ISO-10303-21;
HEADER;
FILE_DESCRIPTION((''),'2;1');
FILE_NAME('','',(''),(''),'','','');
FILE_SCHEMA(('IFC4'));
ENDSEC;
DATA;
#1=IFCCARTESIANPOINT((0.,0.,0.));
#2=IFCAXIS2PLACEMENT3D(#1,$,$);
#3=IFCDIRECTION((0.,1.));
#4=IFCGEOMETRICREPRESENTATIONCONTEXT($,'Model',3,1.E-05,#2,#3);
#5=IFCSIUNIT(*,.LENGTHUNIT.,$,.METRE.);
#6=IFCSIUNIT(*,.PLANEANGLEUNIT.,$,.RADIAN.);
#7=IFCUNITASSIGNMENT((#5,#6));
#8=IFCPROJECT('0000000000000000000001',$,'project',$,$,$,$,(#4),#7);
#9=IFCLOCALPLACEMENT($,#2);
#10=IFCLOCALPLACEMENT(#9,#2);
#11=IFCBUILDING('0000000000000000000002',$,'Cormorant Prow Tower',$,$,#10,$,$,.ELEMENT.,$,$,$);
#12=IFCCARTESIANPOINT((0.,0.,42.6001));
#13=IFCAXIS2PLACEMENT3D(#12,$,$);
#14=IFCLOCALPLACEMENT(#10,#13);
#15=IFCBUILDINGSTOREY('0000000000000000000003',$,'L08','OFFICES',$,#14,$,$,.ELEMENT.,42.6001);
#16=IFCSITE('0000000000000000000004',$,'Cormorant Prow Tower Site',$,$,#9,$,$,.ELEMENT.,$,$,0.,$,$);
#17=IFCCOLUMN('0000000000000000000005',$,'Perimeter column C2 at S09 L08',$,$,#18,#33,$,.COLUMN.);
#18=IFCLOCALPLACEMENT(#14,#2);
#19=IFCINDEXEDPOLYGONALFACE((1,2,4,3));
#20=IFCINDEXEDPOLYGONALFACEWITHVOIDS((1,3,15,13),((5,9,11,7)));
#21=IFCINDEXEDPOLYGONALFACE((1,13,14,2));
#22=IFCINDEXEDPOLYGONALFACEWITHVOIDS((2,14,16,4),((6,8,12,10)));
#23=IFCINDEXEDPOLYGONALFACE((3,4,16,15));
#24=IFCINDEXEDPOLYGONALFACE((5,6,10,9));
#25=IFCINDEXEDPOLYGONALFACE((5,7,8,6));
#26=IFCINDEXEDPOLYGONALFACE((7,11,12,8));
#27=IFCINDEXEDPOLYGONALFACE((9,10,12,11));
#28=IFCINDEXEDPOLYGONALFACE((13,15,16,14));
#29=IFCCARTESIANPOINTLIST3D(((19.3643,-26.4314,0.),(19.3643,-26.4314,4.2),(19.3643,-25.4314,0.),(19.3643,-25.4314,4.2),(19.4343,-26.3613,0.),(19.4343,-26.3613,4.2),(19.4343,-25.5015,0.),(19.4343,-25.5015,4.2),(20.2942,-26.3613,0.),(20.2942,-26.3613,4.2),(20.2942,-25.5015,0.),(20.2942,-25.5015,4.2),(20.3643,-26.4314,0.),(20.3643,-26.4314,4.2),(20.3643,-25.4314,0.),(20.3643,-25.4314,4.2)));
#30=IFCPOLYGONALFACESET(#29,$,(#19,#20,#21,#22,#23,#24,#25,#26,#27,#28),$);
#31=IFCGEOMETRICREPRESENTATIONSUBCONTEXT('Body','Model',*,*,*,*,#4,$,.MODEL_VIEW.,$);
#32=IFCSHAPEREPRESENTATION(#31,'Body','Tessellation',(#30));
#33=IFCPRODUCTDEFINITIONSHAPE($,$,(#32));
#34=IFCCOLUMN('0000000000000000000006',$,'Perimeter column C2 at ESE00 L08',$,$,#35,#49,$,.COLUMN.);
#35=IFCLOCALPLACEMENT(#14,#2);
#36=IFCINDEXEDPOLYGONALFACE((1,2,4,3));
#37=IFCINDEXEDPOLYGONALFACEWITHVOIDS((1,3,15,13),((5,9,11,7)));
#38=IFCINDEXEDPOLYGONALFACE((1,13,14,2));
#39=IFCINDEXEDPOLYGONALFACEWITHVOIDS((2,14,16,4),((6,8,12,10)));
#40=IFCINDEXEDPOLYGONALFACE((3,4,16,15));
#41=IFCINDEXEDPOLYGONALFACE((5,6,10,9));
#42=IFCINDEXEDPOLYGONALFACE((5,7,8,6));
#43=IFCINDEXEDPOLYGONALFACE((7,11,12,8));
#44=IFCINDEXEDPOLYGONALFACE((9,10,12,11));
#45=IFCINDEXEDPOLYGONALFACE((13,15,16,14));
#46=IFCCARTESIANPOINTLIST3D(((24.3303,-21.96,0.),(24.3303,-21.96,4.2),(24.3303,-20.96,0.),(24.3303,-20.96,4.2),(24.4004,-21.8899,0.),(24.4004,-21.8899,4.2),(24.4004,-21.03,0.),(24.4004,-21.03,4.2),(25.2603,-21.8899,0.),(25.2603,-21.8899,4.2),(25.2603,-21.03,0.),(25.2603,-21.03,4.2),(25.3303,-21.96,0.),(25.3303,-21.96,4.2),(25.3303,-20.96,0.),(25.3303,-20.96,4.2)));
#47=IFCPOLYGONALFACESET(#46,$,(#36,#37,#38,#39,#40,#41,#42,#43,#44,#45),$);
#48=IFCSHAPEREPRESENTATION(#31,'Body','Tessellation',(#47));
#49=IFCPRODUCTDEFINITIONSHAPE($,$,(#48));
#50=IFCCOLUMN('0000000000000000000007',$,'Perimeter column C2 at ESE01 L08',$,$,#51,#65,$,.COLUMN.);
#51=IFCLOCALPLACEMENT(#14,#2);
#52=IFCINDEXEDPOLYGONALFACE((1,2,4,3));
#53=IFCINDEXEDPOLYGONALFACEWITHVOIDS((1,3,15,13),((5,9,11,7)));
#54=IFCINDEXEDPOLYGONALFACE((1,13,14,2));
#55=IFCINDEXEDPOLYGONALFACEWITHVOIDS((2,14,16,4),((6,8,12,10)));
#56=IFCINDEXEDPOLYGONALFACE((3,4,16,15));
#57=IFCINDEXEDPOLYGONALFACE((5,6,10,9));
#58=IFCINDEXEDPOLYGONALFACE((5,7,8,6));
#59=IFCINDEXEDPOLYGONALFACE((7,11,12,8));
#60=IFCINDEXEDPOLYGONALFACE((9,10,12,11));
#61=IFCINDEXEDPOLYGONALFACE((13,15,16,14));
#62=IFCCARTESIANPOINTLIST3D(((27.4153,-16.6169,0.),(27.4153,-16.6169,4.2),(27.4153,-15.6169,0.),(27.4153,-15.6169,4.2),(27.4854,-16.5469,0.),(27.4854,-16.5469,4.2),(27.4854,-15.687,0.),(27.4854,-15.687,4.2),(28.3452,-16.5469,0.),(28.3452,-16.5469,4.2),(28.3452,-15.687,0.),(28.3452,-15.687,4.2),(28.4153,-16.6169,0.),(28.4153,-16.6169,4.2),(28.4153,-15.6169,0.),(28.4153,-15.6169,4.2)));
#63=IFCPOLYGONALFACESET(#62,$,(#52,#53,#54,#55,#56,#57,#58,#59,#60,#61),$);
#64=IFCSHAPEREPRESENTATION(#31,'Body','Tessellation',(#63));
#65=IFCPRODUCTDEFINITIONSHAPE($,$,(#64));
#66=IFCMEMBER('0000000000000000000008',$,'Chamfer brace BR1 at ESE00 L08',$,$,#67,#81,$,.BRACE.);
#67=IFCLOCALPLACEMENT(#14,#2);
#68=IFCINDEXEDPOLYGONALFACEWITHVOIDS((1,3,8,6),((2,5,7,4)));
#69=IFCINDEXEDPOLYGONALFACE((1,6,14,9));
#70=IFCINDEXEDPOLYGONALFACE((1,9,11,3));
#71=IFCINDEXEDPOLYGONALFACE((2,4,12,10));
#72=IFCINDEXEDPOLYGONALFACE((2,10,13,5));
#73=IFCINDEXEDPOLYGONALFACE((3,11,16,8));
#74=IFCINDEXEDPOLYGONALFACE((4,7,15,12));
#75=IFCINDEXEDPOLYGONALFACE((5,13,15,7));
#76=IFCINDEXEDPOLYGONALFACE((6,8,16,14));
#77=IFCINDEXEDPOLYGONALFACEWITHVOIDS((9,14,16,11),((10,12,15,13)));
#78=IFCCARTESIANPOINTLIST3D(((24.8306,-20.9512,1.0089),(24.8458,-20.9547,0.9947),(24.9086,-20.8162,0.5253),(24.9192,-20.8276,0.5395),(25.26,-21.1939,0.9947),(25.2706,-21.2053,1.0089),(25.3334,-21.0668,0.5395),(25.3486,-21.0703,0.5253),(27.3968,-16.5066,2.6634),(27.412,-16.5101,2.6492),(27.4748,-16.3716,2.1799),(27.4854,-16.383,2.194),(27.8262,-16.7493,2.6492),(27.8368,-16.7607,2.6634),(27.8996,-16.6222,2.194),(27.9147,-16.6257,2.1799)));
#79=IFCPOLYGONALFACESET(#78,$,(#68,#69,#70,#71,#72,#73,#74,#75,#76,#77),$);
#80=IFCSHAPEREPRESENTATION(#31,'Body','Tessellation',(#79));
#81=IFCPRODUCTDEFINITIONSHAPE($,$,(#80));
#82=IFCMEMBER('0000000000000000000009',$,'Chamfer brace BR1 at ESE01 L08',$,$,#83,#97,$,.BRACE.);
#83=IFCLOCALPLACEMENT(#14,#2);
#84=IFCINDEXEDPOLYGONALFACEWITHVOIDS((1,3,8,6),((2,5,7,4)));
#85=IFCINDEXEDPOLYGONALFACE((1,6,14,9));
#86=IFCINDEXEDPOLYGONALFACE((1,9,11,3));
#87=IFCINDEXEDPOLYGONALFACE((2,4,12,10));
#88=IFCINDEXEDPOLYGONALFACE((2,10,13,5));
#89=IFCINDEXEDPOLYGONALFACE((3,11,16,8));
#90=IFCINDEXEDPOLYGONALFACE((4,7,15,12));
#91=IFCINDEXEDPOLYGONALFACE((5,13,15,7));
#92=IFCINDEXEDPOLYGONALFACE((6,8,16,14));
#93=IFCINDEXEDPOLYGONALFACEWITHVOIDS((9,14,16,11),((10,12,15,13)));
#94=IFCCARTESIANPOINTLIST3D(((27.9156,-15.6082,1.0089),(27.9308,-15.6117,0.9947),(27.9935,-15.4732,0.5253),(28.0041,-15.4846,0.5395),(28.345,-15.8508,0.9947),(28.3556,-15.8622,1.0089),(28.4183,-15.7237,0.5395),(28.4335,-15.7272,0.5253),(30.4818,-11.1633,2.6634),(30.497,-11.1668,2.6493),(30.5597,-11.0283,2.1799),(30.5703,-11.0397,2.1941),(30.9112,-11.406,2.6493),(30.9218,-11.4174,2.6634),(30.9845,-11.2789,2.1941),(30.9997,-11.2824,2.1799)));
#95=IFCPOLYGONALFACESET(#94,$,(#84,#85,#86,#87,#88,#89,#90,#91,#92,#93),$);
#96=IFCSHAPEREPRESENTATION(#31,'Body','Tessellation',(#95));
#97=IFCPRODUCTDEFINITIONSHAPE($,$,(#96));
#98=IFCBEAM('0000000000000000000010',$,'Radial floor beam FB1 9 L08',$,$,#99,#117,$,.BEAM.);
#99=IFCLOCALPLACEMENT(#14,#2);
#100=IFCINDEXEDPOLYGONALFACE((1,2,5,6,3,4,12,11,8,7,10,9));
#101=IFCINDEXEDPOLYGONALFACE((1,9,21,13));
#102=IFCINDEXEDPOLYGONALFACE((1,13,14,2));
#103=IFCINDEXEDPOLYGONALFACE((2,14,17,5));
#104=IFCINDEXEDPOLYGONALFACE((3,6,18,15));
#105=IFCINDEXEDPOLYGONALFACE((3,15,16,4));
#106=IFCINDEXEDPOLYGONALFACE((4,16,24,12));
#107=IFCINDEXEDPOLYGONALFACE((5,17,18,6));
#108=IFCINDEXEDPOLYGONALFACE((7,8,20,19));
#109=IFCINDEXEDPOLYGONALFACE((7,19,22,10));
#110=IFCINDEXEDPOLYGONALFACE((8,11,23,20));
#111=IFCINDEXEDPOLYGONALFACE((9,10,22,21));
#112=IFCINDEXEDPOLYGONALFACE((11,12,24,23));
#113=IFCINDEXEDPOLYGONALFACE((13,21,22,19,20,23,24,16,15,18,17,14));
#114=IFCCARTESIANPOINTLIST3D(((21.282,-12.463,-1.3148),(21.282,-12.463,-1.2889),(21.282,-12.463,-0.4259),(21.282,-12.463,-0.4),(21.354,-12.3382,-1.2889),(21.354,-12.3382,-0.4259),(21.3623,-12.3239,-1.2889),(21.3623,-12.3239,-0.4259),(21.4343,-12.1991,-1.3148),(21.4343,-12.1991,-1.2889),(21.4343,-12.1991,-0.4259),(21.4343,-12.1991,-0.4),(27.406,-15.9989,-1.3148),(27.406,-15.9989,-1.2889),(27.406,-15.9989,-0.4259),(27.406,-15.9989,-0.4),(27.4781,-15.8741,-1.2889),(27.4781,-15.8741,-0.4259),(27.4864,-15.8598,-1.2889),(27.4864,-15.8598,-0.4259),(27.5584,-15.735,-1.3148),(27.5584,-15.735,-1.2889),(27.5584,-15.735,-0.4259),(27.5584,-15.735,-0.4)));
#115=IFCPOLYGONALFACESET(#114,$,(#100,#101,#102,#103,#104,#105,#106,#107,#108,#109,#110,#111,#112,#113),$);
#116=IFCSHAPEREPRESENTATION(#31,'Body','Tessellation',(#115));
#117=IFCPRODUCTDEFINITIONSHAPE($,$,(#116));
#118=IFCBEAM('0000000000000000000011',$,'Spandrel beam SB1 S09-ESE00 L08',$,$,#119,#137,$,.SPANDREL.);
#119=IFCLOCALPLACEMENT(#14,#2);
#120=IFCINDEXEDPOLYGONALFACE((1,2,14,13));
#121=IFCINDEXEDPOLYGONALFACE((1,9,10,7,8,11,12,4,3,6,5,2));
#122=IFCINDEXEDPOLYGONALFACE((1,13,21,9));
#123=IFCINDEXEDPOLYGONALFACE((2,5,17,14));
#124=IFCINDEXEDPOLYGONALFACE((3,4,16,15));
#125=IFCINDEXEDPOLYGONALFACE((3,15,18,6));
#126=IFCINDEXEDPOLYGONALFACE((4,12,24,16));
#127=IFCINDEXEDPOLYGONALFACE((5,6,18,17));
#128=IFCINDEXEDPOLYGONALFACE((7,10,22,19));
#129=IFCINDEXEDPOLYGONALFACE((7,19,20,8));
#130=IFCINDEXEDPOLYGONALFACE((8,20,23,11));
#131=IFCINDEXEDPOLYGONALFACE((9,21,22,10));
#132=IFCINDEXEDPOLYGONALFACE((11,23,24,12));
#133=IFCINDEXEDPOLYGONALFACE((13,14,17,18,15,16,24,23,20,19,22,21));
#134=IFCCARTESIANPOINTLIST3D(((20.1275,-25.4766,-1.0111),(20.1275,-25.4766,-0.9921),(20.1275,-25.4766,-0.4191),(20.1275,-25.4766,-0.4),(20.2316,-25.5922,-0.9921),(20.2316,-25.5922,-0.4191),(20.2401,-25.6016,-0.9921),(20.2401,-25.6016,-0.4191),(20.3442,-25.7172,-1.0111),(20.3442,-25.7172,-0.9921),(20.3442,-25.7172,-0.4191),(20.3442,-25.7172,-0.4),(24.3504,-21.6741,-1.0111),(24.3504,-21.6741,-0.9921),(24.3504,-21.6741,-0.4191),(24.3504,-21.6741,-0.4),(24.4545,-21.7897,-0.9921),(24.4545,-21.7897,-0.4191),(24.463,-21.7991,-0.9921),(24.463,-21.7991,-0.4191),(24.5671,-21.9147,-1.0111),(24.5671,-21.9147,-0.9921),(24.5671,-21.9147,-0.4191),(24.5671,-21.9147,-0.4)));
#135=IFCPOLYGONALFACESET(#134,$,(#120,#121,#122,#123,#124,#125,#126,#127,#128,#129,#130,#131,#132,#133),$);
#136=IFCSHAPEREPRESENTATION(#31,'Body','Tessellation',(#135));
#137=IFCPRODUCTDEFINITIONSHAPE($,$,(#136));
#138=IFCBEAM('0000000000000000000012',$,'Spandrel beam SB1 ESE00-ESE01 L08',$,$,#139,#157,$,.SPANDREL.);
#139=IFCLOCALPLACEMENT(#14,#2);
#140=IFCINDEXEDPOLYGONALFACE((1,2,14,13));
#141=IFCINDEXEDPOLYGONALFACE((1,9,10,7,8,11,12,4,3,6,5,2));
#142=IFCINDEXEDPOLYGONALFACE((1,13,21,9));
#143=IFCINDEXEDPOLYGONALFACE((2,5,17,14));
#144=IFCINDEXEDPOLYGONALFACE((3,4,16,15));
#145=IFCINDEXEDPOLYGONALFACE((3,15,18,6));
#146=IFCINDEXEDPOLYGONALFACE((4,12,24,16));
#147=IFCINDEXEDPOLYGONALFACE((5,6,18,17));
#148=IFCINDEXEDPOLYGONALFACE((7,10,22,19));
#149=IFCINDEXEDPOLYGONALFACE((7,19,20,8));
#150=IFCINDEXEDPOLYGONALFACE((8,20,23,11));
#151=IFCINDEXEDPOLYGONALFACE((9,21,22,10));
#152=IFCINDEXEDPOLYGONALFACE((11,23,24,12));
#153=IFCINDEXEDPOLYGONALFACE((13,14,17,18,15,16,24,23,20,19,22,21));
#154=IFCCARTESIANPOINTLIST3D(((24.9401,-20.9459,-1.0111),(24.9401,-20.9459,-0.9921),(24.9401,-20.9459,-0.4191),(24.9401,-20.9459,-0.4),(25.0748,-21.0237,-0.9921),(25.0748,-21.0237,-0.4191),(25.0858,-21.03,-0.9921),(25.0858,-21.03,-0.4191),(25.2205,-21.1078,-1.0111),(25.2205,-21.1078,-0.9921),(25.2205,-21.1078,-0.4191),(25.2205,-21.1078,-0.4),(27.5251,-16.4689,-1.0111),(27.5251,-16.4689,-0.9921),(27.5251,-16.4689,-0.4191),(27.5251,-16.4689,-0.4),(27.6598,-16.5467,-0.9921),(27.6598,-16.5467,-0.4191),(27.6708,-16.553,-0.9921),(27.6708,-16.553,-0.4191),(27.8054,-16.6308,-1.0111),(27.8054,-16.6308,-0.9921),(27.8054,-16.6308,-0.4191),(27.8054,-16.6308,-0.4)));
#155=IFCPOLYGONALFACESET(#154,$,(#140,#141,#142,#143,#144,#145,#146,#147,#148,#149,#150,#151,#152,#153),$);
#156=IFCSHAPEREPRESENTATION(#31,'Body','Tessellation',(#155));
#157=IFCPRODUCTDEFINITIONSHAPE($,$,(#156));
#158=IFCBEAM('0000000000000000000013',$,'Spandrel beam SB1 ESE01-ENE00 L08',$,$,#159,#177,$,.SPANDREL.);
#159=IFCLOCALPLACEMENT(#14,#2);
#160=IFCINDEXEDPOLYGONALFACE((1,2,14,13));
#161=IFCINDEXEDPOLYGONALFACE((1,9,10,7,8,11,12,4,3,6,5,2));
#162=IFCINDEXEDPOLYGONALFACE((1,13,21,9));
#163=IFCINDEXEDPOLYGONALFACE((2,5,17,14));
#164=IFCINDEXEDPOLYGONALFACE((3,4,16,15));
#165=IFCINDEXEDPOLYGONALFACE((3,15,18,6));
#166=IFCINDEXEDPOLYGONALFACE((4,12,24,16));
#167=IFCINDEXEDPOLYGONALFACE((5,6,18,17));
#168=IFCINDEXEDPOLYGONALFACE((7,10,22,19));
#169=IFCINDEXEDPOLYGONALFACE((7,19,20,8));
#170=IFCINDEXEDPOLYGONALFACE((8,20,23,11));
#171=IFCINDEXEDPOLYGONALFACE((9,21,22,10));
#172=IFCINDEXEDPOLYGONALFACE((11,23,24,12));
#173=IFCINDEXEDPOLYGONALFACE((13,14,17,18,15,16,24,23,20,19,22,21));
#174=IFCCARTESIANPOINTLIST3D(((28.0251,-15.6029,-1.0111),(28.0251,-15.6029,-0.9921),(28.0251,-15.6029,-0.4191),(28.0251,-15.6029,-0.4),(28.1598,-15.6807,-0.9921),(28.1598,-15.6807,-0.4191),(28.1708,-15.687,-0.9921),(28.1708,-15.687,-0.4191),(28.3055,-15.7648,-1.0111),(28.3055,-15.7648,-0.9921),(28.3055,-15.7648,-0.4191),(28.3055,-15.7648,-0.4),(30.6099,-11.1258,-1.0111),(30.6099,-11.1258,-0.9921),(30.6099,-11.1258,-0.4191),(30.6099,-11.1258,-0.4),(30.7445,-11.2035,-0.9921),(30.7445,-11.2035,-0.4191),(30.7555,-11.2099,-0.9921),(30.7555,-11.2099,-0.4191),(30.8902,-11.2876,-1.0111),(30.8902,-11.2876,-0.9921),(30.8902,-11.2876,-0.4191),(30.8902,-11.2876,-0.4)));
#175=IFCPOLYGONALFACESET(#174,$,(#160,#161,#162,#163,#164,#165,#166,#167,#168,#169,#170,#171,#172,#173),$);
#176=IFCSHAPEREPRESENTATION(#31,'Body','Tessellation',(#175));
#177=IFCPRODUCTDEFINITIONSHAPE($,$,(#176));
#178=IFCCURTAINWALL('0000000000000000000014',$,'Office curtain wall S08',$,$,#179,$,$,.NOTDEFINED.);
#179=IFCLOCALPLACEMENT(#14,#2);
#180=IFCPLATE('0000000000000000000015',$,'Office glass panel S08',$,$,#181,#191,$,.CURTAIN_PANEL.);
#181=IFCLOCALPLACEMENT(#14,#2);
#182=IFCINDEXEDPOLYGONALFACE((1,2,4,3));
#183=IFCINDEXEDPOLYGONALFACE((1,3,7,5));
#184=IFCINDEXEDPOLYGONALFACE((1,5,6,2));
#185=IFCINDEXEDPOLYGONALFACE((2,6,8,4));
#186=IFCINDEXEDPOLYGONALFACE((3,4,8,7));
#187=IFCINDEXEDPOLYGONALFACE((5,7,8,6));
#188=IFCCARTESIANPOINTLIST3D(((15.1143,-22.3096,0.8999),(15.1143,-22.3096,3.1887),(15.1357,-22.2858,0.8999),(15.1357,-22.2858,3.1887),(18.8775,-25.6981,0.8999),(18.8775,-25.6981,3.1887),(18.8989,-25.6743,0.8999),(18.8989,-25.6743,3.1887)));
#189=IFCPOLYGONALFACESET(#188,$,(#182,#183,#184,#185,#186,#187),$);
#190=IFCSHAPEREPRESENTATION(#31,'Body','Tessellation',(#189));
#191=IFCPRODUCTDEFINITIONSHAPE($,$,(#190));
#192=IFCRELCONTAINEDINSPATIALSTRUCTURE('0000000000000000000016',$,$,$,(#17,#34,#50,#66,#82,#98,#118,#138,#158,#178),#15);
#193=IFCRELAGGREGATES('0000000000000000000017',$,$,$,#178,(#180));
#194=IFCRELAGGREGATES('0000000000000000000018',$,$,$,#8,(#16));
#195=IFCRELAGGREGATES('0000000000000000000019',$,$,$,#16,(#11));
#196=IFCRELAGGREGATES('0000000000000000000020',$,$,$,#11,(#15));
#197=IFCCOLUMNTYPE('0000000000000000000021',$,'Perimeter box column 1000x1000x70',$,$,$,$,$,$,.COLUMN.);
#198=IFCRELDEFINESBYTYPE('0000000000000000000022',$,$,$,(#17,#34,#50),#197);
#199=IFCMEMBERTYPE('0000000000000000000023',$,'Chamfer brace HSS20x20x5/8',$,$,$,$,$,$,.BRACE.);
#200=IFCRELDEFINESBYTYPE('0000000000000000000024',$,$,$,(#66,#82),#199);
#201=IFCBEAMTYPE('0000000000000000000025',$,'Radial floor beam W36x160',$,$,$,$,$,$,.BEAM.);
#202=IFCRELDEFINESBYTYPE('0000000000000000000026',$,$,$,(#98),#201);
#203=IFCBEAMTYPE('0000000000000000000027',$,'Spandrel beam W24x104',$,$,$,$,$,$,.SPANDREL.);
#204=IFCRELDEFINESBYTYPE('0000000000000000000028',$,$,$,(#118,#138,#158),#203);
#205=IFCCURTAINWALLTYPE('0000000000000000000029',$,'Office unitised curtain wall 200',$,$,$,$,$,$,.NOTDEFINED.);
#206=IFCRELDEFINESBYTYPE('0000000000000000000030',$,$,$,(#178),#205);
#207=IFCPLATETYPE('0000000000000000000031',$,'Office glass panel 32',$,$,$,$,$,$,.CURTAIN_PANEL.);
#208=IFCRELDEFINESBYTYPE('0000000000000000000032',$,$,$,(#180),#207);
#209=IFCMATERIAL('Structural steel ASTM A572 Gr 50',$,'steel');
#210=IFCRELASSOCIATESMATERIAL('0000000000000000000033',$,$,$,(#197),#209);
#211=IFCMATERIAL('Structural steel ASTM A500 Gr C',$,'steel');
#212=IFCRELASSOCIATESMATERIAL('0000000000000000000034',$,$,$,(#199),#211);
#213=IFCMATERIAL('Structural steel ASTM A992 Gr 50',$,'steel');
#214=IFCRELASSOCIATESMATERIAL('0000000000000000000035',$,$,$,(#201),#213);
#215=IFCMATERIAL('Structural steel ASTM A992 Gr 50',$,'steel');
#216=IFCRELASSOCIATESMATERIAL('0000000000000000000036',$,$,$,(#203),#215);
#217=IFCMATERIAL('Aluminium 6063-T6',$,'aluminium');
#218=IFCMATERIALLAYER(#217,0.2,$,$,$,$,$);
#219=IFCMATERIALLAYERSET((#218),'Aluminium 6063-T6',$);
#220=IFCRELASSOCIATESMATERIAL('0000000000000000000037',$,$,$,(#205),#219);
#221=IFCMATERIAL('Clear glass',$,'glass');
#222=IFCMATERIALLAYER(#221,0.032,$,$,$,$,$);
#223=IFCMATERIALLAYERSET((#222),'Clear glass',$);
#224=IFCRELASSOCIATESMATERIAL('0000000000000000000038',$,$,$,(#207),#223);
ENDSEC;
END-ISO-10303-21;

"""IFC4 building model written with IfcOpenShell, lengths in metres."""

from ifc_helpers import new_model, si_unit, direction, frame, origin, origin_2d, place, context, subcontext, project, spatial, rectangle, hollow_rectangle, i_section, extrude, material, layer, layer_set, material_profile, profile_set, type_object, element, aggregate, save


model = new_model("IFC4")

# Units and contexts
model_context = context("Model", 3, precision=1e-05, world=origin(), true_north=direction((0.0, 1.0)))
body_context = subcontext(model_context, "Body", "Model", "MODEL_VIEW")
ifc_project = project(units=[si_unit("LENGTHUNIT", "METRE"), si_unit("PLANEANGLEUNIT", "RADIAN")], contexts=[model_context])

# Site, building, storey
site_placement = place(None, origin())
site = spatial("IfcSite", under=ifc_project, at=site_placement, Name="Cormorant Prow Tower Site", CompositionType="ELEMENT", RefElevation=0.0)
building_placement = place(site_placement, origin())
building = spatial("IfcBuilding", under=site, at=building_placement, Name="Cormorant Prow Tower", CompositionType="ELEMENT")
storey_placement = place(building_placement, frame((0.0, 0.0, 42.6001)))
storey = spatial("IfcBuildingStorey", under=building, at=storey_placement, Name="L08", Description="OFFICES", CompositionType="ELEMENT", Elevation=42.6001)

# Columns
ifc_material_1 = material(Name="Structural steel ASTM A572 Gr 50", Category="steel")
ifc_material_profile_1 = material_profile(ifc_material_1, hollow_rectangle(XDim=1.0, YDim=1.0, WallThickness=0.0701, at=origin_2d()), Name="Box 1000x1000x70")
ifc_profile_set_1 = profile_set([ifc_material_profile_1], Name="Structural steel ASTM A572 Gr 50")
column_type = type_object("IfcColumnType", Name="Perimeter box column 1000x1000x70", PredefinedType="COLUMN", material=ifc_profile_set_1)
for number, where, z_axis, x_axis, name in (
    (1, (19.8643, -25.9314, 0.0), (0.0, 0.0, 1.0), (1.0, 0.0, 0.0), "Perimeter column C2 at S09 L08"),
    (2, (24.8303, -21.46, 0.0), (0.0, 0.0, 1.0), (1.0, 0.0, 0.0), "Perimeter column C2 at ESE00 L08"),
    (3, (27.9153, -16.1169, 0.0), (0.0, 0.0, 1.0), (1.0, 0.0, 0.0), "Perimeter column C2 at ESE01 L08"),
):
    element("IfcColumn", number, at=place(storey_placement, frame(where, z_axis=z_axis, x_axis=x_axis)), inside=storey, type_object=column_type, Name=name, PredefinedType="COLUMN", context=body_context, shape_type="SweptSolid", body=[
        extrude(hollow_rectangle(XDim=1.0, YDim=1.0, WallThickness=0.0701, at=origin_2d()), origin(), (0.0, 0.0, 1.0), 4.2),
    ])

# Members
ifc_material_2 = material(Name="Structural steel ASTM A500 Gr C", Category="steel")
ifc_material_profile_2 = material_profile(ifc_material_2, hollow_rectangle(XDim=0.5081, YDim=0.5081, WallThickness=0.0149, at=origin_2d()), Name="HSS20x20x5/8")
ifc_profile_set_2 = profile_set([ifc_material_profile_2], Name="Structural steel ASTM A500 Gr C")
member_type = type_object("IfcMemberType", Name="Chamfer brace HSS20x20x5/8", PredefinedType="BRACE", material=ifc_profile_set_2)
member_1_placement = place(storey_placement, frame((25.0896, -21.0107, 0.7671), z_axis=(0.475893, 0.824244, 0.306834), x_axis=(-0.866018, 0.500012, 0.0)))
element("IfcMember", 4, at=member_1_placement, inside=storey, type_object=member_type, Name="Chamfer brace BR1 at ESE00 L08", PredefinedType="BRACE", context=body_context, shape_type="SweptSolid", body=[
    extrude(hollow_rectangle(XDim=0.5081, YDim=0.5081, WallThickness=0.0149, at=origin_2d()), origin(), (0.0, 0.0, 1.0), 5.3923),
])
member_2_placement = place(storey_placement, frame((28.1746, -15.6677, 0.7671), z_axis=(0.475875, 0.824259, 0.306822), x_axis=(-0.86603, 0.499991, 0.0)))
element("IfcMember", 5, at=member_2_placement, inside=storey, type_object=member_type, Name="Chamfer brace BR1 at ESE01 L08", PredefinedType="BRACE", context=body_context, shape_type="SweptSolid", body=[
    extrude(hollow_rectangle(XDim=0.5081, YDim=0.5081, WallThickness=0.0149, at=origin_2d()), origin(), (0.0, 0.0, 1.0), 5.3926),
])

# Beams
ifc_material_3 = material(Name="Structural steel ASTM A992 Gr 50", Category="steel")
ifc_material_profile_3 = material_profile(ifc_material_3, i_section(OverallWidth=0.3047, OverallDepth=0.9148, WebThickness=0.0166, FlangeThickness=0.0259, at=origin_2d()), Name="W36x160")
ifc_profile_set_3 = profile_set([ifc_material_profile_3], Name="Structural steel ASTM A992 Gr 50")
beam_type_1 = type_object("IfcBeamType", Name="Radial floor beam W36x160", PredefinedType="BEAM", material=ifc_profile_set_3)
beam_1_placement = place(storey_placement, frame((21.3582, -12.3311, -0.8574), z_axis=(0.866014, -0.500019, 0.0), x_axis=(0.500019, 0.866014, 0.0)))
element("IfcBeam", 6, at=beam_1_placement, inside=storey, type_object=beam_type_1, Name="Radial floor beam FB1 9 L08", PredefinedType="BEAM", context=body_context, shape_type="SweptSolid", body=[
    extrude(i_section(OverallWidth=0.3047, OverallDepth=0.9148, WebThickness=0.0166, FlangeThickness=0.0259, at=origin_2d()), origin(), (0.0, 0.0, 1.0), 7.0715),
])
ifc_material_4 = material(Name="Structural steel ASTM A992 Gr 50", Category="steel")
ifc_material_profile_4 = material_profile(ifc_material_4, i_section(OverallWidth=0.3237, OverallDepth=0.6111, WebThickness=0.0127, FlangeThickness=0.019, at=origin_2d()), Name="W24x104")
ifc_profile_set_4 = profile_set([ifc_material_profile_4], Name="Structural steel ASTM A992 Gr 50")
beam_type_2 = type_object("IfcBeamType", Name="Spandrel beam W24x104", PredefinedType="SPANDREL", material=ifc_profile_set_4)
beam_2_placement = place(storey_placement, frame((20.2358, -25.5969, -0.7056), z_axis=(0.74313, 0.669147, 0.0), x_axis=(-0.669147, 0.74313, 0.0)))
element("IfcBeam", 7, at=beam_2_placement, inside=storey, type_object=beam_type_2, Name="Spandrel beam SB1 S09-ESE00 L08", PredefinedType="SPANDREL", context=body_context, shape_type="SweptSolid", body=[
    extrude(i_section(OverallWidth=0.3237, OverallDepth=0.6111, WebThickness=0.0127, FlangeThickness=0.019, at=origin_2d()), origin(), (0.0, 0.0, 1.0), 5.6826),
])
for number, where, z_axis, x_axis, name in (
    (8, (25.0803, -21.0269, -0.7056), (0.50002, 0.866014, 0.0), (-0.866014, 0.50002, 0.0), "Spandrel beam SB1 ESE00-ESE01 L08"),
    (9, (28.1653, -15.6838, -0.7056), (0.499984, 0.866035, 0.0), (-0.866035, 0.499984, 0.0), "Spandrel beam SB1 ESE01-ENE00 L08"),
):
    element("IfcBeam", number, at=place(storey_placement, frame(where, z_axis=z_axis, x_axis=x_axis)), inside=storey, type_object=beam_type_2, Name=name, PredefinedType="SPANDREL", context=body_context, shape_type="SweptSolid", body=[
        extrude(i_section(OverallWidth=0.3237, OverallDepth=0.6111, WebThickness=0.0127, FlangeThickness=0.019, at=origin_2d()), origin(), (0.0, 0.0, 1.0), 5.1697),
    ])

# Curtain wall, plate
ifc_material_5 = material(Name="Aluminium 6063-T6", Category="aluminium")
ifc_layer_1 = layer(ifc_material_5, 0.2)
ifc_layer_set_1 = layer_set([ifc_layer_1], Name="Aluminium 6063-T6")
curtain_wall_type = type_object("IfcCurtainWallType", Name="Office unitised curtain wall 200", PredefinedType="NOTDEFINED", material=ifc_layer_set_1)
curtain_wall_placement = place(storey_placement, origin())
curtain_wall = element("IfcCurtainWall", 10, at=curtain_wall_placement, inside=storey, type_object=curtain_wall_type, Name="Office curtain wall S08", PredefinedType="NOTDEFINED")
ifc_material_6 = material(Name="Clear glass", Category="glass")
ifc_layer_2 = layer(ifc_material_6, 0.032)
ifc_layer_set_2 = layer_set([ifc_layer_2], Name="Clear glass")
plate_type = type_object("IfcPlateType", Name="Office glass panel 32", PredefinedType="CURTAIN_PANEL", material=ifc_layer_set_2)
plate_placement = place(storey_placement, frame((17.0066, -23.9919, 0.8999), z_axis=(0.0, 0.0, 1.0), x_axis=(0.743145, -0.669131, 0.0)))
plate = element("IfcPlate", 11, at=plate_placement, type_object=plate_type, Name="Office glass panel S08", PredefinedType="CURTAIN_PANEL", context=body_context, shape_type="SweptSolid", body=[
    extrude(rectangle(XDim=5.064, YDim=0.032, at=origin_2d()), origin(), (0.0, 0.0, 1.0), 2.2888),
])
aggregate(curtain_wall, [plate])

save(model, "model.ifc")
